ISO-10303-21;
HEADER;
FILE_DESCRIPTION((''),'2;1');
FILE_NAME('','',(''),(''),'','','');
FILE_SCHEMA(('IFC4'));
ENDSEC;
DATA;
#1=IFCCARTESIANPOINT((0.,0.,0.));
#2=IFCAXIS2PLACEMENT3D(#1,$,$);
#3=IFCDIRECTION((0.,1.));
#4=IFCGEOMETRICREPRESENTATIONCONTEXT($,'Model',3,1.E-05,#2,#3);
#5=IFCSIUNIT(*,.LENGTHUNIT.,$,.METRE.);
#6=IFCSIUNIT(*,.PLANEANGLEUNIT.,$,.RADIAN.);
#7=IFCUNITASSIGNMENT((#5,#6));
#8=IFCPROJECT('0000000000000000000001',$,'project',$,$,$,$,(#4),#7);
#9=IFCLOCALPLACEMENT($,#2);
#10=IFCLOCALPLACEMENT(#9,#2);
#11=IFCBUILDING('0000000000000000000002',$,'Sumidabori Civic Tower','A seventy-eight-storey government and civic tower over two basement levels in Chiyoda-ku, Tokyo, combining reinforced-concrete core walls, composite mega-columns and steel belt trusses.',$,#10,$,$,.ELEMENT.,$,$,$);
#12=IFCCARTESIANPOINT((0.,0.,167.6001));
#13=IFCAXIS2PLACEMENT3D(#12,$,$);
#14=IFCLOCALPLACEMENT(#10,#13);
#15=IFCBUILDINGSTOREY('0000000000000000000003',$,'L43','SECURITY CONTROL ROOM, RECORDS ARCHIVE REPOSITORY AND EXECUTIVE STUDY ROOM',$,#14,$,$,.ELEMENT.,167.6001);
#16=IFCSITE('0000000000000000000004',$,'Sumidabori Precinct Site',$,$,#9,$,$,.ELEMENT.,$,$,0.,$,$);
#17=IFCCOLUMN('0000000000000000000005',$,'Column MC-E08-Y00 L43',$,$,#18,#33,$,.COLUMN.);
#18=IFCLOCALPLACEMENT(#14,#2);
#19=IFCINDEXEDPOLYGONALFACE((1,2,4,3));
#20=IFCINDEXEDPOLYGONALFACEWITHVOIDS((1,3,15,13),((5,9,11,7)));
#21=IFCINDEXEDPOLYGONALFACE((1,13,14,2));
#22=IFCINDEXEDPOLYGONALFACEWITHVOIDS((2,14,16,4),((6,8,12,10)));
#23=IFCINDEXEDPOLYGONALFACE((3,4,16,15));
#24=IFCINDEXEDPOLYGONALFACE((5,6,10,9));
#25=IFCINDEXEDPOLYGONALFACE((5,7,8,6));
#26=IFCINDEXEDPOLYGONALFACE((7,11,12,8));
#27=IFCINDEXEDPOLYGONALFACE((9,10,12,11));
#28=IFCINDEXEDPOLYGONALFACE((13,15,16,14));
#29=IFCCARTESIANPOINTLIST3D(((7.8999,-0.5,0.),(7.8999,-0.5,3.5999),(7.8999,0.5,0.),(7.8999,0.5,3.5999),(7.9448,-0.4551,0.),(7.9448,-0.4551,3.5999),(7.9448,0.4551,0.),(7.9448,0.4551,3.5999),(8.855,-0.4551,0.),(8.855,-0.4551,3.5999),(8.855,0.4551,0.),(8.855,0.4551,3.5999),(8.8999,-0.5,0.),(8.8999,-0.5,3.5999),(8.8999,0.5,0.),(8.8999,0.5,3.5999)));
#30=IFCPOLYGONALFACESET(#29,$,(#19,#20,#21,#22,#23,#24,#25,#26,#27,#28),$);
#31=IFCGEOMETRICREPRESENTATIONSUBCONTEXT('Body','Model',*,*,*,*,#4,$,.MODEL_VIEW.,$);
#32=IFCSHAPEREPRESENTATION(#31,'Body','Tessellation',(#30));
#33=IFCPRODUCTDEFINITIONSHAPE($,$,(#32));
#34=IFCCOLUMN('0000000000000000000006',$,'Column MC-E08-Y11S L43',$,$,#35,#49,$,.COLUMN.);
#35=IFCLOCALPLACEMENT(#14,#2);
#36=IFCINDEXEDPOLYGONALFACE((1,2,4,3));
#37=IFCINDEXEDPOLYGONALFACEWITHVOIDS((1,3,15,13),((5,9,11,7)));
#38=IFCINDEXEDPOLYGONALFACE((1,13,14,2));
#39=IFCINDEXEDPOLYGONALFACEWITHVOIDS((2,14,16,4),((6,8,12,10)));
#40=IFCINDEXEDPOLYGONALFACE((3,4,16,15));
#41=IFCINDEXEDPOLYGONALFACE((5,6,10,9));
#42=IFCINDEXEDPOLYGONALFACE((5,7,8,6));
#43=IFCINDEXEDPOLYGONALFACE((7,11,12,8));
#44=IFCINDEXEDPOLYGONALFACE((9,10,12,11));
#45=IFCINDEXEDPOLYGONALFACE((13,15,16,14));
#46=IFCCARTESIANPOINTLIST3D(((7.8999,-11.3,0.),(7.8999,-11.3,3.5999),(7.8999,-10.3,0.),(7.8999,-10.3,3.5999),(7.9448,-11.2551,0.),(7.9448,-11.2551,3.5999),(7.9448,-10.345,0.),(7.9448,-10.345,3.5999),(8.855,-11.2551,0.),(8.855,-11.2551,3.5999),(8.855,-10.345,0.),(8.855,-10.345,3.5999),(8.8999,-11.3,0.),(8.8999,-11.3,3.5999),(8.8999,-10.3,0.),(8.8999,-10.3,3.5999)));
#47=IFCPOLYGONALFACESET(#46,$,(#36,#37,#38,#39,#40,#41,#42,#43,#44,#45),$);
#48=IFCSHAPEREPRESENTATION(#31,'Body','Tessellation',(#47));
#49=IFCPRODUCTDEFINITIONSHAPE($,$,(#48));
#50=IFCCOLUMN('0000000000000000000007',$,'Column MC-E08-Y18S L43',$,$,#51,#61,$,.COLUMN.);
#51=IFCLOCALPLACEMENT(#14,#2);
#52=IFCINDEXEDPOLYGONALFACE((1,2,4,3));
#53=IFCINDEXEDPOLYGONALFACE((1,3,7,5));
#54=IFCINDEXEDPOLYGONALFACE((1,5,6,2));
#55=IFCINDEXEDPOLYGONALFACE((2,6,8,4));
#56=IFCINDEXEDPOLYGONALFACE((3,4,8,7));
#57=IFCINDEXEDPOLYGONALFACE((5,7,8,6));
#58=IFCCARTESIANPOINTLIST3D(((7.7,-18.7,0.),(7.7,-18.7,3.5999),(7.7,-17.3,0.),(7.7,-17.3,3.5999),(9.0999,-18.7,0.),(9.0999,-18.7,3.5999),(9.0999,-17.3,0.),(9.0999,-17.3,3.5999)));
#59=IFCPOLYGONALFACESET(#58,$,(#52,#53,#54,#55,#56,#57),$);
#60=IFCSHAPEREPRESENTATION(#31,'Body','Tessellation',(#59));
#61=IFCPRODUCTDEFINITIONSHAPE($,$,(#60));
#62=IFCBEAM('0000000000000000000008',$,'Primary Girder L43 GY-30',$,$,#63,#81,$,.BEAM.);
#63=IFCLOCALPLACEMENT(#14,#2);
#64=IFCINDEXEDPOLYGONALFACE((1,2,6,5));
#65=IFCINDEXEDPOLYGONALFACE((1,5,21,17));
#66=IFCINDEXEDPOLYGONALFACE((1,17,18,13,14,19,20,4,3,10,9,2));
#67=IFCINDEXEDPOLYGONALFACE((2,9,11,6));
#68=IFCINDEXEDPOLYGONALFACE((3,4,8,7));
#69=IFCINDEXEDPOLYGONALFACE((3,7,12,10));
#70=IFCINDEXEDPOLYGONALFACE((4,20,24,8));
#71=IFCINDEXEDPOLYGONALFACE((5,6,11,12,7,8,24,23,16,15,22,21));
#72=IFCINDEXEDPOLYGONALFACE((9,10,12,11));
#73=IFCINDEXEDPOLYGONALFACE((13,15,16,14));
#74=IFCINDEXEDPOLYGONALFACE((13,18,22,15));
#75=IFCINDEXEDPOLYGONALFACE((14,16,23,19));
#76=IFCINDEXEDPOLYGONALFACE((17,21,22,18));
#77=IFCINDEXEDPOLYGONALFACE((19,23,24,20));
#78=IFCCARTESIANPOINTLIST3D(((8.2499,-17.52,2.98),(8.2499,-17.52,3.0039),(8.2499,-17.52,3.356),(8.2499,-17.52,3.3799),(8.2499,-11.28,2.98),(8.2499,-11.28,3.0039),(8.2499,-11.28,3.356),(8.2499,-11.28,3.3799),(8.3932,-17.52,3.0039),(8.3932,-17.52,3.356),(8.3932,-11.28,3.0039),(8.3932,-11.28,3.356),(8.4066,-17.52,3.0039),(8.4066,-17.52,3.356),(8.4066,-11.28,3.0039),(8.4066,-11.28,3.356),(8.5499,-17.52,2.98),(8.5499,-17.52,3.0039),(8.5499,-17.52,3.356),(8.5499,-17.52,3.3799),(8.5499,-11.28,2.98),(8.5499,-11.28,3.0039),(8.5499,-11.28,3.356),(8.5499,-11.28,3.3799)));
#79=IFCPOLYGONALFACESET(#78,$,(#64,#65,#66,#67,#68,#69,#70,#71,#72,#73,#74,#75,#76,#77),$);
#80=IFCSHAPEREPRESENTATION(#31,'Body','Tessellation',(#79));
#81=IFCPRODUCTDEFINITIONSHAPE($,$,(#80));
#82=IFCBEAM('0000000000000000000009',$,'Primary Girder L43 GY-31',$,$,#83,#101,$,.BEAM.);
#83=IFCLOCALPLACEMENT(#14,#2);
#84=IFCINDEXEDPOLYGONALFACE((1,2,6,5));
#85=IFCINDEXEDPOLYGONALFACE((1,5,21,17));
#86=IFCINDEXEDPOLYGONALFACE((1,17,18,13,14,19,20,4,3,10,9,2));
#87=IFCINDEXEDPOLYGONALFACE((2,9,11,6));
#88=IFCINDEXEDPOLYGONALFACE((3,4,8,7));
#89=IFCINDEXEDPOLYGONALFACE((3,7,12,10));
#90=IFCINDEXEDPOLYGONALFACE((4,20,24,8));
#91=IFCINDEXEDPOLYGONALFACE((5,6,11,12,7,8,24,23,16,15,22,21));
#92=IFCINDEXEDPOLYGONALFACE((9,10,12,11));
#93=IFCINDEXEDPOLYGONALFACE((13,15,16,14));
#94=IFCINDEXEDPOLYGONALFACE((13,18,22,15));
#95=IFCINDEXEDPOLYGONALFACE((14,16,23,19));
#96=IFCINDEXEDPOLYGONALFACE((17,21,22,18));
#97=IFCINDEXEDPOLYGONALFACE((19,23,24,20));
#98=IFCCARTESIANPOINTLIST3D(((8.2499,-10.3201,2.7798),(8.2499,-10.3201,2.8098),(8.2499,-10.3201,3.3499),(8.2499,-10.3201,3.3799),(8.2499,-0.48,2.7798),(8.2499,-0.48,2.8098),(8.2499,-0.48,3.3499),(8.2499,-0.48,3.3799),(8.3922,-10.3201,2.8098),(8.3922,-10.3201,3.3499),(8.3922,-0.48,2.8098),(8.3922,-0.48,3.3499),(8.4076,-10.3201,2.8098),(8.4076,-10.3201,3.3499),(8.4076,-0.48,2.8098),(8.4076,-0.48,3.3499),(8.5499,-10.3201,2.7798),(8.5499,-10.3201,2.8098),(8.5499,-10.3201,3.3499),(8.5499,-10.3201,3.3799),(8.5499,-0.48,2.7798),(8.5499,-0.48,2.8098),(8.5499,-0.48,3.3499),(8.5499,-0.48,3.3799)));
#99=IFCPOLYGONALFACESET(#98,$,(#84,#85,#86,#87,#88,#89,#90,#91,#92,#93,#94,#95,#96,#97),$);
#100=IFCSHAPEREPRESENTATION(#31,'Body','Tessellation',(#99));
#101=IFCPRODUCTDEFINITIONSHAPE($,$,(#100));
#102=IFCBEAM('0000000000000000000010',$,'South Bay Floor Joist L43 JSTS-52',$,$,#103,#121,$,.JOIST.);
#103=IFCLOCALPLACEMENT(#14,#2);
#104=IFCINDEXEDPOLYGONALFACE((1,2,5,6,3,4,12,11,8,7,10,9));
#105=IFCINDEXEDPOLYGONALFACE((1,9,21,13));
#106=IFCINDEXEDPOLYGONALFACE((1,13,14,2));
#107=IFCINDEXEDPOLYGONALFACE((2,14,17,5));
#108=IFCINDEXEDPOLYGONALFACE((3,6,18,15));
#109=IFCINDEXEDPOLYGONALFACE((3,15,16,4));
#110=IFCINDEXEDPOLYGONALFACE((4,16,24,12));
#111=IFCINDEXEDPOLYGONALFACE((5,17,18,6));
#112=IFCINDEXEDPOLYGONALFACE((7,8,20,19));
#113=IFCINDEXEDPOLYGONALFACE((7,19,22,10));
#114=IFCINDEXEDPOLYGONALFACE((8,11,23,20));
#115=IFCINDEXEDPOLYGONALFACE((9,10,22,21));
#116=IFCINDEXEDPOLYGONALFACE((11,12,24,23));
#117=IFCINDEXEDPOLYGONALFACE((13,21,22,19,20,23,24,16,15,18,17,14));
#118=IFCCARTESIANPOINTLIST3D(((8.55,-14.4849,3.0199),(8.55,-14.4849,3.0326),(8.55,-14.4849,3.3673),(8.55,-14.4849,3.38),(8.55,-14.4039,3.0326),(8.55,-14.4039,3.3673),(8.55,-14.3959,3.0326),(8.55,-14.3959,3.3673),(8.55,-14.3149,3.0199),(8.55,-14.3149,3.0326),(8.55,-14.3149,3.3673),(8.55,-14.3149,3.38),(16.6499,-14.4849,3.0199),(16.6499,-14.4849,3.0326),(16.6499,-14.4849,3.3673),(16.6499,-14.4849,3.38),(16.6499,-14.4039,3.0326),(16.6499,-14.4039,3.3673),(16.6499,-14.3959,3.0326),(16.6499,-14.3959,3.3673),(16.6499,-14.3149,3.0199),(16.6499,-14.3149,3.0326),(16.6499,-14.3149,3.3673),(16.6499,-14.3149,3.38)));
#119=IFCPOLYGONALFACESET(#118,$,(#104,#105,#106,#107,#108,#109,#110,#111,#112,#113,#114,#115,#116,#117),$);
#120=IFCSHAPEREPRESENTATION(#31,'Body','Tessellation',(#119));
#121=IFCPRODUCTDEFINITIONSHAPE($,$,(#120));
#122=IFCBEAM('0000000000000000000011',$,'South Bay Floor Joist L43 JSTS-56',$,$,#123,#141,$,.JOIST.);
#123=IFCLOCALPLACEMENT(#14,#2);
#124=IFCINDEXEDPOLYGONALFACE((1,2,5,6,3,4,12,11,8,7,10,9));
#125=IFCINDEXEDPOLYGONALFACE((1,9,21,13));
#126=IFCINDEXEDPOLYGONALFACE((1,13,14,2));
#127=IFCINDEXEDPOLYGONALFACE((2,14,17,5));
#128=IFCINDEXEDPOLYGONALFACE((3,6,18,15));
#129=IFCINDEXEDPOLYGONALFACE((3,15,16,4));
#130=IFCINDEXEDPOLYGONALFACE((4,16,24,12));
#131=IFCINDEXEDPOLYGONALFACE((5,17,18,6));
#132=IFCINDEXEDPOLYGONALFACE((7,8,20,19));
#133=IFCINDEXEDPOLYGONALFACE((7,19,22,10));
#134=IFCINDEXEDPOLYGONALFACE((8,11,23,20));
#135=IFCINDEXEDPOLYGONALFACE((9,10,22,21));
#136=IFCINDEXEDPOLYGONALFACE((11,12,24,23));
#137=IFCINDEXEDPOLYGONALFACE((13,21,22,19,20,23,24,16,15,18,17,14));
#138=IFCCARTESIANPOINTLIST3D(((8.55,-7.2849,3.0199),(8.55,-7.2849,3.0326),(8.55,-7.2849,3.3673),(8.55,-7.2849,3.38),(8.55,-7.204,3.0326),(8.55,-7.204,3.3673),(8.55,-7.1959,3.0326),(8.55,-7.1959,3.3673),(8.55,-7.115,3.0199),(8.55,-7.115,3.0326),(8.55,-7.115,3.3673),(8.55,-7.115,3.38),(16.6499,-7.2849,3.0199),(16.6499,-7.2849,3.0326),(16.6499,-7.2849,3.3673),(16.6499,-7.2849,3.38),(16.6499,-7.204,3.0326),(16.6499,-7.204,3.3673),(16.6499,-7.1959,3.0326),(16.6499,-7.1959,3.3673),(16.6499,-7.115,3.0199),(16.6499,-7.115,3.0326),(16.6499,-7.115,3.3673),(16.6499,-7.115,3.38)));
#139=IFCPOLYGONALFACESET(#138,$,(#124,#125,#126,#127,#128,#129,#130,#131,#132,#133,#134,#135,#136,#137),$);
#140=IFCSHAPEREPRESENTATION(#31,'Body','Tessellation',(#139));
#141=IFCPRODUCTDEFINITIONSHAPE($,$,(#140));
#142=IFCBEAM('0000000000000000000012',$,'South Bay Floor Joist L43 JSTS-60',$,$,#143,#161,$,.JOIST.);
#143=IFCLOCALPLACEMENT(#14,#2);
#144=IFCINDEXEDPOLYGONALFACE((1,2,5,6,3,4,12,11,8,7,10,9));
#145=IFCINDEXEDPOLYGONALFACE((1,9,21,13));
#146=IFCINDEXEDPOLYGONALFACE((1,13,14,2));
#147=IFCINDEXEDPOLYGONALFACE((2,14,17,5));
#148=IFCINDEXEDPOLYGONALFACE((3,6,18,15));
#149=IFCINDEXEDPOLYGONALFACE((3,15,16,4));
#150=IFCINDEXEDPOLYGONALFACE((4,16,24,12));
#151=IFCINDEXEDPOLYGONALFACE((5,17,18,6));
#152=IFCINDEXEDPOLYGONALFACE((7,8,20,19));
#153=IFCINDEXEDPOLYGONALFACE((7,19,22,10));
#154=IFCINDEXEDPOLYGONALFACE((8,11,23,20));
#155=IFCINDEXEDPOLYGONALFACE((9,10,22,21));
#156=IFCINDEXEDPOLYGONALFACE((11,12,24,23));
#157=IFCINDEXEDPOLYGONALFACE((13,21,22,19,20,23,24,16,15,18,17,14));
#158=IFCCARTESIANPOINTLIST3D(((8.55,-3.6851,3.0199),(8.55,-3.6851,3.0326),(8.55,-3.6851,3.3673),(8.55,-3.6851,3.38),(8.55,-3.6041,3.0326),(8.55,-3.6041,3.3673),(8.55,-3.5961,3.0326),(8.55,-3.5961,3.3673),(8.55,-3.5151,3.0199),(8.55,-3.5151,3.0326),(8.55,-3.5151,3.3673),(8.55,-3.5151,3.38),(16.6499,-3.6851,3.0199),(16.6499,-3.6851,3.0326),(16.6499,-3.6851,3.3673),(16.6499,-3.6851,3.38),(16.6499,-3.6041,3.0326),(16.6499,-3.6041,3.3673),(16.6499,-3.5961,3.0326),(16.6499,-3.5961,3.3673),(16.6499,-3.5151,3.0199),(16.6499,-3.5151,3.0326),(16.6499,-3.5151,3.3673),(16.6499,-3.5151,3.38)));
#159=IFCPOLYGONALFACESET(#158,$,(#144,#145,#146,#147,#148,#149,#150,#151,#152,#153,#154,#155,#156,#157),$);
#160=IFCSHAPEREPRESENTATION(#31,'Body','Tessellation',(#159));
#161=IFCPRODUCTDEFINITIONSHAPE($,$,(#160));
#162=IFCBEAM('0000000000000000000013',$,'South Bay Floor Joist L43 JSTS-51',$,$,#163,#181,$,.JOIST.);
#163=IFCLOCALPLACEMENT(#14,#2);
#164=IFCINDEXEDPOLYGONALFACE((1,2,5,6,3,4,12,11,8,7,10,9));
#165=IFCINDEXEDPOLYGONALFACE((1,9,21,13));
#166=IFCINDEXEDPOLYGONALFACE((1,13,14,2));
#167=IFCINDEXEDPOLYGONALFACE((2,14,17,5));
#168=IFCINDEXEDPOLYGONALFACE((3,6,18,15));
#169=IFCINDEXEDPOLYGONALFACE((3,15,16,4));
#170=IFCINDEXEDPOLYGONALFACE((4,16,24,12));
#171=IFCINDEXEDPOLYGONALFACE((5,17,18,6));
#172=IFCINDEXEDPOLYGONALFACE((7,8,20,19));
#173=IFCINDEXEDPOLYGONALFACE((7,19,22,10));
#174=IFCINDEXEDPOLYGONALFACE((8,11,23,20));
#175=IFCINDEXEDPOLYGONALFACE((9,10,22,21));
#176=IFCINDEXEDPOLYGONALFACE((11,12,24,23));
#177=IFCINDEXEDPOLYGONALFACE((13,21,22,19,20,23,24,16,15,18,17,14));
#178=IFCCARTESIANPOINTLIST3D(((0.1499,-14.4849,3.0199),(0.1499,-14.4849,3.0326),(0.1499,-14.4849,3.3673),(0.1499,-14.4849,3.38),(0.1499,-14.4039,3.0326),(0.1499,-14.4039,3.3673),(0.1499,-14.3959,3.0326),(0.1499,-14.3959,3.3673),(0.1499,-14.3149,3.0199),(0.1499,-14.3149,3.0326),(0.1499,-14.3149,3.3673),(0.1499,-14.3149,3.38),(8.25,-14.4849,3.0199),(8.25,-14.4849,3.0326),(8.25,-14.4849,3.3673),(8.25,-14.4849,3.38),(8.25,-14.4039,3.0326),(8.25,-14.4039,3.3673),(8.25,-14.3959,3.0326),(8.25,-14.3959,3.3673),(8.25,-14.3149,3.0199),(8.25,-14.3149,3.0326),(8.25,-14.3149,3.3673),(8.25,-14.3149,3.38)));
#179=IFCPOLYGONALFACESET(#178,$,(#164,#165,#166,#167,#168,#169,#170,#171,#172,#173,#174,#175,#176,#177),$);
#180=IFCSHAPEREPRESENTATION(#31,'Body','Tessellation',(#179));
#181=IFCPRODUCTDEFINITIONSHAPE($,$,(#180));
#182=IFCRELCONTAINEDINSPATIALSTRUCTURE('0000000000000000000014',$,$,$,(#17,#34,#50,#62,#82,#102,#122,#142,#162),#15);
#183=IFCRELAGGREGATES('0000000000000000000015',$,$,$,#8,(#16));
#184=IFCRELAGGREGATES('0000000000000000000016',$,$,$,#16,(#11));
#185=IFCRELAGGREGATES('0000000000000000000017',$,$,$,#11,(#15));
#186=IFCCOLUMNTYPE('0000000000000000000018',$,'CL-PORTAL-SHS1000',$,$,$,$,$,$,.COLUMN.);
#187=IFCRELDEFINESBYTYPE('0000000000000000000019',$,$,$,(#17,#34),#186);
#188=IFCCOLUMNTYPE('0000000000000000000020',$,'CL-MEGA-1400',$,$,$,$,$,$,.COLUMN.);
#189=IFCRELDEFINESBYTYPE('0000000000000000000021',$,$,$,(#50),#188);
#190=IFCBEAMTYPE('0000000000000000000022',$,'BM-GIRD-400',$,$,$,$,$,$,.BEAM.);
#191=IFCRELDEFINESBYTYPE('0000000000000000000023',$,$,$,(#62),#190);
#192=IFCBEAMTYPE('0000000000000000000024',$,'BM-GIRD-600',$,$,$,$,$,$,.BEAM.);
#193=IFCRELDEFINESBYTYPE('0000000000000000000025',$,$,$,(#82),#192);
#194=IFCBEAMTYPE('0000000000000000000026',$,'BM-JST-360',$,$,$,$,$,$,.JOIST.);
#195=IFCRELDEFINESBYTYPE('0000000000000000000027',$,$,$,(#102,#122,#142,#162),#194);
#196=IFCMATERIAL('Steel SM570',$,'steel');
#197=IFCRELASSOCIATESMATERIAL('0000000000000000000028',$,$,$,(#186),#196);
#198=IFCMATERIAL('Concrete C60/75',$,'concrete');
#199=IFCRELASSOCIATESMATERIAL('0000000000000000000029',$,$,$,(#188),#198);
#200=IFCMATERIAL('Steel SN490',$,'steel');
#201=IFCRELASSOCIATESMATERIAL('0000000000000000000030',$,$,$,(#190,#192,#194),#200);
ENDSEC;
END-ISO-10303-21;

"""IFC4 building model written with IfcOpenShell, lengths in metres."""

from ifc_helpers import new_model, si_unit, direction, frame, origin, origin_2d, place, context, subcontext, project, spatial, rectangle, hollow_rectangle, i_section, extrude, source, transform, mapped, material, material_profile, profile_set, type_object, element, save


model = new_model("IFC4")

# Units and contexts
model_context = context("Model", 3, precision=1e-05, world=origin(), true_north=direction((0.0, 1.0)))
body_context = subcontext(model_context, "Body", "Model", "MODEL_VIEW")
ifc_project = project(units=[si_unit("LENGTHUNIT", "METRE"), si_unit("PLANEANGLEUNIT", "RADIAN")], contexts=[model_context])

# Site, building, storey
site_placement = place(None, origin())
site = spatial("IfcSite", under=ifc_project, at=site_placement, Name="Sumidabori Precinct Site", CompositionType="ELEMENT", RefElevation=0.0)
building_placement = place(site_placement, origin())
building = spatial("IfcBuilding", under=site, at=building_placement, Name="Sumidabori Civic Tower", Description="A seventy-eight-storey government and civic tower over two basement levels in Chiyoda-ku, Tokyo, combining reinforced-concrete core walls, composite mega-columns and steel belt trusses.", CompositionType="ELEMENT")
storey_placement = place(building_placement, frame((0.0, 0.0, 167.6001)))
storey = spatial("IfcBuildingStorey", under=building, at=storey_placement, Name="L43", Description="SECURITY CONTROL ROOM, RECORDS ARCHIVE REPOSITORY AND EXECUTIVE STUDY ROOM", CompositionType="ELEMENT", Elevation=167.6001)

# Columns
ifc_material_1 = material(Name="Steel SM570", Category="steel")
ifc_material_profile_1 = material_profile(ifc_material_1, hollow_rectangle(XDim=1.0, YDim=1.0, WallThickness=0.0449, at=origin_2d()), Name="SHS 1000x1000x45")
ifc_profile_set_1 = profile_set([ifc_material_profile_1], Name="Steel SM570")
column_type_1 = type_object("IfcColumnType", Name="CL-PORTAL-SHS1000", PredefinedType="COLUMN", material=ifc_profile_set_1)
shared_shape_1 = source(origin(), body_context, "Body", "SweptSolid", [
    extrude(hollow_rectangle(XDim=1.0, YDim=1.0, WallThickness=0.0449, at=origin_2d()), origin(), (0.0, 0.0, 1.0), 3.5999),
])
for number, where, z_axis, x_axis, name in (
    (1, (8.3999, 0.0, 0.0), (0.0, 0.0, 1.0), (1.0, 0.0, 0.0), "Column MC-E08-Y00 L43"),
    (2, (8.3999, -10.8, 0.0), (0.0, 0.0, 1.0), (1.0, 0.0, 0.0), "Column MC-E08-Y11S L43"),
):
    element("IfcColumn", number, at=place(storey_placement, frame(where, z_axis=z_axis, x_axis=x_axis)), inside=storey, type_object=column_type_1, Name=name, PredefinedType="COLUMN", context=body_context, shape_type="MappedRepresentation", body=[
        mapped(shared_shape_1, transform((0.0, 0.0, 0.0), x_axis=(1.0, 0.0, 0.0), y_axis=(0.0, 1.0, 0.0), z_axis=(0.0, 0.0, 1.0), scale=1.0)),
    ])
ifc_material_2 = material(Name="Concrete C60/75", Category="concrete")
ifc_material_profile_2 = material_profile(ifc_material_2, rectangle(XDim=1.3999, YDim=1.3999, at=origin_2d()), Name="RC 1400x1400")
ifc_profile_set_2 = profile_set([ifc_material_profile_2], Name="Concrete C60/75")
column_type_2 = type_object("IfcColumnType", Name="CL-MEGA-1400", PredefinedType="COLUMN", material=ifc_profile_set_2)
shared_shape_2 = source(origin(), body_context, "Body", "SweptSolid", [
    extrude(rectangle(XDim=1.3999, YDim=1.3999, at=origin_2d()), origin(), (0.0, 0.0, 1.0), 3.5999),
])
column_placement = place(storey_placement, frame((8.3999, -18.0, 0.0), z_axis=(0.0, 0.0, 1.0), x_axis=(1.0, 0.0, 0.0)))
element("IfcColumn", 3, at=column_placement, inside=storey, type_object=column_type_2, Name="Column MC-E08-Y18S L43", PredefinedType="COLUMN", context=body_context, shape_type="MappedRepresentation", body=[
    mapped(shared_shape_2, transform((0.0, 0.0, 0.0), x_axis=(1.0, 0.0, 0.0), y_axis=(0.0, 1.0, 0.0), z_axis=(0.0, 0.0, 1.0), scale=1.0)),
])

# Beams
ifc_material_3 = material(Name="Steel SN490", Category="steel")
ifc_material_profile_3 = material_profile(ifc_material_3, i_section(OverallWidth=0.3, OverallDepth=0.3999, WebThickness=0.0134, FlangeThickness=0.0239, at=origin_2d()), Name="HE 400 B")
ifc_profile_set_3 = profile_set([ifc_material_profile_3], Name="Steel SN490")
beam_type_1 = type_object("IfcBeamType", Name="BM-GIRD-400", PredefinedType="BEAM", material=ifc_profile_set_3)
shared_shape_3 = source(origin(), body_context, "Body", "SweptSolid", [
    extrude(i_section(OverallWidth=0.3, OverallDepth=0.3999, WebThickness=0.0134, FlangeThickness=0.0239, at=origin_2d()), origin(), (0.0, 0.0, 1.0), 6.24),
])
beam_1_placement = place(storey_placement, frame((8.3999, -17.52, 3.1799), z_axis=(0.0, 1.0, 0.0), x_axis=(-1.0, 0.0, 0.0)))
element("IfcBeam", 4, at=beam_1_placement, inside=storey, type_object=beam_type_1, Name="Primary Girder L43 GY-30", PredefinedType="BEAM", context=body_context, shape_type="MappedRepresentation", body=[
    mapped(shared_shape_3, transform((0.0, 0.0, 0.0), x_axis=(1.0, 0.0, 0.0), y_axis=(0.0, 1.0, 0.0), z_axis=(0.0, 0.0, 1.0), scale=1.0)),
])
ifc_material_profile_4 = material_profile(ifc_material_3, i_section(OverallWidth=0.3, OverallDepth=0.6001, WebThickness=0.0154, FlangeThickness=0.03, at=origin_2d()), Name="HE 600 B")
ifc_profile_set_4 = profile_set([ifc_material_profile_4], Name="Steel SN490")
beam_type_2 = type_object("IfcBeamType", Name="BM-GIRD-600", PredefinedType="BEAM", material=ifc_profile_set_4)
shared_shape_4 = source(origin(), body_context, "Body", "SweptSolid", [
    extrude(i_section(OverallWidth=0.3, OverallDepth=0.6001, WebThickness=0.0154, FlangeThickness=0.03, at=origin_2d()), origin(), (0.0, 0.0, 1.0), 9.8401),
])
beam_2_placement = place(storey_placement, frame((8.3999, -10.3201, 3.0798), z_axis=(0.0, 1.0, 0.0), x_axis=(-1.0, 0.0, 0.0)))
element("IfcBeam", 5, at=beam_2_placement, inside=storey, type_object=beam_type_2, Name="Primary Girder L43 GY-31", PredefinedType="BEAM", context=body_context, shape_type="MappedRepresentation", body=[
    mapped(shared_shape_4, transform((0.0, 0.0, 0.0), x_axis=(1.0, 0.0, 0.0), y_axis=(0.0, 1.0, 0.0), z_axis=(0.0, 0.0, 1.0), scale=1.0)),
])
ifc_material_profile_5 = material_profile(ifc_material_3, i_section(OverallWidth=0.1699, OverallDepth=0.3601, WebThickness=0.0081, FlangeThickness=0.0127, at=origin_2d()), Name="IPE 360")
ifc_profile_set_5 = profile_set([ifc_material_profile_5], Name="Steel SN490")
beam_type_3 = type_object("IfcBeamType", Name="BM-JST-360", PredefinedType="JOIST", material=ifc_profile_set_5)
shared_shape_5 = source(origin(), body_context, "Body", "SweptSolid", [
    extrude(i_section(OverallWidth=0.1699, OverallDepth=0.3601, WebThickness=0.0081, FlangeThickness=0.0127, at=origin_2d()), origin(), (0.0, 0.0, 1.0), 8.0999),
])
for number, where, z_axis, x_axis, name in (
    (6, (8.55, -14.3999, 3.2), (1.0, 0.0, 0.0), (0.0, 1.0, 0.0), "South Bay Floor Joist L43 JSTS-52"),
    (7, (8.55, -7.2, 3.2), (1.0, 0.0, 0.0), (0.0, 1.0, 0.0), "South Bay Floor Joist L43 JSTS-56"),
    (8, (8.55, -3.6001, 3.2), (1.0, 0.0, 0.0), (0.0, 1.0, 0.0), "South Bay Floor Joist L43 JSTS-60"),
):
    element("IfcBeam", number, at=place(storey_placement, frame(where, z_axis=z_axis, x_axis=x_axis)), inside=storey, type_object=beam_type_3, Name=name, PredefinedType="JOIST", context=body_context, shape_type="MappedRepresentation", body=[
        mapped(shared_shape_5, transform((0.0, 0.0, 0.0), x_axis=(1.0, 0.0, 0.0), y_axis=(0.0, 1.0, 0.0), z_axis=(0.0, 0.0, 1.0), scale=1.0)),
    ])
shared_shape_6 = source(origin(), body_context, "Body", "SweptSolid", [
    extrude(i_section(OverallWidth=0.1699, OverallDepth=0.3601, WebThickness=0.0081, FlangeThickness=0.0127, at=origin_2d()), origin(), (0.0, 0.0, 1.0), 8.1001),
])
for number, where, z_axis, x_axis, name in (
    (9, (0.1499, -14.3999, 3.2), (1.0, 0.0, 0.0), (0.0, 1.0, 0.0), "South Bay Floor Joist L43 JSTS-51"),
):
    element("IfcBeam", number, at=place(storey_placement, frame(where, z_axis=z_axis, x_axis=x_axis)), inside=storey, type_object=beam_type_3, Name=name, PredefinedType="JOIST", context=body_context, shape_type="MappedRepresentation", body=[
        mapped(shared_shape_6, transform((0.0, 0.0, 0.0), x_axis=(1.0, 0.0, 0.0), y_axis=(0.0, 1.0, 0.0), z_axis=(0.0, 0.0, 1.0), scale=1.0)),
    ])

save(model, "model.ifc")
